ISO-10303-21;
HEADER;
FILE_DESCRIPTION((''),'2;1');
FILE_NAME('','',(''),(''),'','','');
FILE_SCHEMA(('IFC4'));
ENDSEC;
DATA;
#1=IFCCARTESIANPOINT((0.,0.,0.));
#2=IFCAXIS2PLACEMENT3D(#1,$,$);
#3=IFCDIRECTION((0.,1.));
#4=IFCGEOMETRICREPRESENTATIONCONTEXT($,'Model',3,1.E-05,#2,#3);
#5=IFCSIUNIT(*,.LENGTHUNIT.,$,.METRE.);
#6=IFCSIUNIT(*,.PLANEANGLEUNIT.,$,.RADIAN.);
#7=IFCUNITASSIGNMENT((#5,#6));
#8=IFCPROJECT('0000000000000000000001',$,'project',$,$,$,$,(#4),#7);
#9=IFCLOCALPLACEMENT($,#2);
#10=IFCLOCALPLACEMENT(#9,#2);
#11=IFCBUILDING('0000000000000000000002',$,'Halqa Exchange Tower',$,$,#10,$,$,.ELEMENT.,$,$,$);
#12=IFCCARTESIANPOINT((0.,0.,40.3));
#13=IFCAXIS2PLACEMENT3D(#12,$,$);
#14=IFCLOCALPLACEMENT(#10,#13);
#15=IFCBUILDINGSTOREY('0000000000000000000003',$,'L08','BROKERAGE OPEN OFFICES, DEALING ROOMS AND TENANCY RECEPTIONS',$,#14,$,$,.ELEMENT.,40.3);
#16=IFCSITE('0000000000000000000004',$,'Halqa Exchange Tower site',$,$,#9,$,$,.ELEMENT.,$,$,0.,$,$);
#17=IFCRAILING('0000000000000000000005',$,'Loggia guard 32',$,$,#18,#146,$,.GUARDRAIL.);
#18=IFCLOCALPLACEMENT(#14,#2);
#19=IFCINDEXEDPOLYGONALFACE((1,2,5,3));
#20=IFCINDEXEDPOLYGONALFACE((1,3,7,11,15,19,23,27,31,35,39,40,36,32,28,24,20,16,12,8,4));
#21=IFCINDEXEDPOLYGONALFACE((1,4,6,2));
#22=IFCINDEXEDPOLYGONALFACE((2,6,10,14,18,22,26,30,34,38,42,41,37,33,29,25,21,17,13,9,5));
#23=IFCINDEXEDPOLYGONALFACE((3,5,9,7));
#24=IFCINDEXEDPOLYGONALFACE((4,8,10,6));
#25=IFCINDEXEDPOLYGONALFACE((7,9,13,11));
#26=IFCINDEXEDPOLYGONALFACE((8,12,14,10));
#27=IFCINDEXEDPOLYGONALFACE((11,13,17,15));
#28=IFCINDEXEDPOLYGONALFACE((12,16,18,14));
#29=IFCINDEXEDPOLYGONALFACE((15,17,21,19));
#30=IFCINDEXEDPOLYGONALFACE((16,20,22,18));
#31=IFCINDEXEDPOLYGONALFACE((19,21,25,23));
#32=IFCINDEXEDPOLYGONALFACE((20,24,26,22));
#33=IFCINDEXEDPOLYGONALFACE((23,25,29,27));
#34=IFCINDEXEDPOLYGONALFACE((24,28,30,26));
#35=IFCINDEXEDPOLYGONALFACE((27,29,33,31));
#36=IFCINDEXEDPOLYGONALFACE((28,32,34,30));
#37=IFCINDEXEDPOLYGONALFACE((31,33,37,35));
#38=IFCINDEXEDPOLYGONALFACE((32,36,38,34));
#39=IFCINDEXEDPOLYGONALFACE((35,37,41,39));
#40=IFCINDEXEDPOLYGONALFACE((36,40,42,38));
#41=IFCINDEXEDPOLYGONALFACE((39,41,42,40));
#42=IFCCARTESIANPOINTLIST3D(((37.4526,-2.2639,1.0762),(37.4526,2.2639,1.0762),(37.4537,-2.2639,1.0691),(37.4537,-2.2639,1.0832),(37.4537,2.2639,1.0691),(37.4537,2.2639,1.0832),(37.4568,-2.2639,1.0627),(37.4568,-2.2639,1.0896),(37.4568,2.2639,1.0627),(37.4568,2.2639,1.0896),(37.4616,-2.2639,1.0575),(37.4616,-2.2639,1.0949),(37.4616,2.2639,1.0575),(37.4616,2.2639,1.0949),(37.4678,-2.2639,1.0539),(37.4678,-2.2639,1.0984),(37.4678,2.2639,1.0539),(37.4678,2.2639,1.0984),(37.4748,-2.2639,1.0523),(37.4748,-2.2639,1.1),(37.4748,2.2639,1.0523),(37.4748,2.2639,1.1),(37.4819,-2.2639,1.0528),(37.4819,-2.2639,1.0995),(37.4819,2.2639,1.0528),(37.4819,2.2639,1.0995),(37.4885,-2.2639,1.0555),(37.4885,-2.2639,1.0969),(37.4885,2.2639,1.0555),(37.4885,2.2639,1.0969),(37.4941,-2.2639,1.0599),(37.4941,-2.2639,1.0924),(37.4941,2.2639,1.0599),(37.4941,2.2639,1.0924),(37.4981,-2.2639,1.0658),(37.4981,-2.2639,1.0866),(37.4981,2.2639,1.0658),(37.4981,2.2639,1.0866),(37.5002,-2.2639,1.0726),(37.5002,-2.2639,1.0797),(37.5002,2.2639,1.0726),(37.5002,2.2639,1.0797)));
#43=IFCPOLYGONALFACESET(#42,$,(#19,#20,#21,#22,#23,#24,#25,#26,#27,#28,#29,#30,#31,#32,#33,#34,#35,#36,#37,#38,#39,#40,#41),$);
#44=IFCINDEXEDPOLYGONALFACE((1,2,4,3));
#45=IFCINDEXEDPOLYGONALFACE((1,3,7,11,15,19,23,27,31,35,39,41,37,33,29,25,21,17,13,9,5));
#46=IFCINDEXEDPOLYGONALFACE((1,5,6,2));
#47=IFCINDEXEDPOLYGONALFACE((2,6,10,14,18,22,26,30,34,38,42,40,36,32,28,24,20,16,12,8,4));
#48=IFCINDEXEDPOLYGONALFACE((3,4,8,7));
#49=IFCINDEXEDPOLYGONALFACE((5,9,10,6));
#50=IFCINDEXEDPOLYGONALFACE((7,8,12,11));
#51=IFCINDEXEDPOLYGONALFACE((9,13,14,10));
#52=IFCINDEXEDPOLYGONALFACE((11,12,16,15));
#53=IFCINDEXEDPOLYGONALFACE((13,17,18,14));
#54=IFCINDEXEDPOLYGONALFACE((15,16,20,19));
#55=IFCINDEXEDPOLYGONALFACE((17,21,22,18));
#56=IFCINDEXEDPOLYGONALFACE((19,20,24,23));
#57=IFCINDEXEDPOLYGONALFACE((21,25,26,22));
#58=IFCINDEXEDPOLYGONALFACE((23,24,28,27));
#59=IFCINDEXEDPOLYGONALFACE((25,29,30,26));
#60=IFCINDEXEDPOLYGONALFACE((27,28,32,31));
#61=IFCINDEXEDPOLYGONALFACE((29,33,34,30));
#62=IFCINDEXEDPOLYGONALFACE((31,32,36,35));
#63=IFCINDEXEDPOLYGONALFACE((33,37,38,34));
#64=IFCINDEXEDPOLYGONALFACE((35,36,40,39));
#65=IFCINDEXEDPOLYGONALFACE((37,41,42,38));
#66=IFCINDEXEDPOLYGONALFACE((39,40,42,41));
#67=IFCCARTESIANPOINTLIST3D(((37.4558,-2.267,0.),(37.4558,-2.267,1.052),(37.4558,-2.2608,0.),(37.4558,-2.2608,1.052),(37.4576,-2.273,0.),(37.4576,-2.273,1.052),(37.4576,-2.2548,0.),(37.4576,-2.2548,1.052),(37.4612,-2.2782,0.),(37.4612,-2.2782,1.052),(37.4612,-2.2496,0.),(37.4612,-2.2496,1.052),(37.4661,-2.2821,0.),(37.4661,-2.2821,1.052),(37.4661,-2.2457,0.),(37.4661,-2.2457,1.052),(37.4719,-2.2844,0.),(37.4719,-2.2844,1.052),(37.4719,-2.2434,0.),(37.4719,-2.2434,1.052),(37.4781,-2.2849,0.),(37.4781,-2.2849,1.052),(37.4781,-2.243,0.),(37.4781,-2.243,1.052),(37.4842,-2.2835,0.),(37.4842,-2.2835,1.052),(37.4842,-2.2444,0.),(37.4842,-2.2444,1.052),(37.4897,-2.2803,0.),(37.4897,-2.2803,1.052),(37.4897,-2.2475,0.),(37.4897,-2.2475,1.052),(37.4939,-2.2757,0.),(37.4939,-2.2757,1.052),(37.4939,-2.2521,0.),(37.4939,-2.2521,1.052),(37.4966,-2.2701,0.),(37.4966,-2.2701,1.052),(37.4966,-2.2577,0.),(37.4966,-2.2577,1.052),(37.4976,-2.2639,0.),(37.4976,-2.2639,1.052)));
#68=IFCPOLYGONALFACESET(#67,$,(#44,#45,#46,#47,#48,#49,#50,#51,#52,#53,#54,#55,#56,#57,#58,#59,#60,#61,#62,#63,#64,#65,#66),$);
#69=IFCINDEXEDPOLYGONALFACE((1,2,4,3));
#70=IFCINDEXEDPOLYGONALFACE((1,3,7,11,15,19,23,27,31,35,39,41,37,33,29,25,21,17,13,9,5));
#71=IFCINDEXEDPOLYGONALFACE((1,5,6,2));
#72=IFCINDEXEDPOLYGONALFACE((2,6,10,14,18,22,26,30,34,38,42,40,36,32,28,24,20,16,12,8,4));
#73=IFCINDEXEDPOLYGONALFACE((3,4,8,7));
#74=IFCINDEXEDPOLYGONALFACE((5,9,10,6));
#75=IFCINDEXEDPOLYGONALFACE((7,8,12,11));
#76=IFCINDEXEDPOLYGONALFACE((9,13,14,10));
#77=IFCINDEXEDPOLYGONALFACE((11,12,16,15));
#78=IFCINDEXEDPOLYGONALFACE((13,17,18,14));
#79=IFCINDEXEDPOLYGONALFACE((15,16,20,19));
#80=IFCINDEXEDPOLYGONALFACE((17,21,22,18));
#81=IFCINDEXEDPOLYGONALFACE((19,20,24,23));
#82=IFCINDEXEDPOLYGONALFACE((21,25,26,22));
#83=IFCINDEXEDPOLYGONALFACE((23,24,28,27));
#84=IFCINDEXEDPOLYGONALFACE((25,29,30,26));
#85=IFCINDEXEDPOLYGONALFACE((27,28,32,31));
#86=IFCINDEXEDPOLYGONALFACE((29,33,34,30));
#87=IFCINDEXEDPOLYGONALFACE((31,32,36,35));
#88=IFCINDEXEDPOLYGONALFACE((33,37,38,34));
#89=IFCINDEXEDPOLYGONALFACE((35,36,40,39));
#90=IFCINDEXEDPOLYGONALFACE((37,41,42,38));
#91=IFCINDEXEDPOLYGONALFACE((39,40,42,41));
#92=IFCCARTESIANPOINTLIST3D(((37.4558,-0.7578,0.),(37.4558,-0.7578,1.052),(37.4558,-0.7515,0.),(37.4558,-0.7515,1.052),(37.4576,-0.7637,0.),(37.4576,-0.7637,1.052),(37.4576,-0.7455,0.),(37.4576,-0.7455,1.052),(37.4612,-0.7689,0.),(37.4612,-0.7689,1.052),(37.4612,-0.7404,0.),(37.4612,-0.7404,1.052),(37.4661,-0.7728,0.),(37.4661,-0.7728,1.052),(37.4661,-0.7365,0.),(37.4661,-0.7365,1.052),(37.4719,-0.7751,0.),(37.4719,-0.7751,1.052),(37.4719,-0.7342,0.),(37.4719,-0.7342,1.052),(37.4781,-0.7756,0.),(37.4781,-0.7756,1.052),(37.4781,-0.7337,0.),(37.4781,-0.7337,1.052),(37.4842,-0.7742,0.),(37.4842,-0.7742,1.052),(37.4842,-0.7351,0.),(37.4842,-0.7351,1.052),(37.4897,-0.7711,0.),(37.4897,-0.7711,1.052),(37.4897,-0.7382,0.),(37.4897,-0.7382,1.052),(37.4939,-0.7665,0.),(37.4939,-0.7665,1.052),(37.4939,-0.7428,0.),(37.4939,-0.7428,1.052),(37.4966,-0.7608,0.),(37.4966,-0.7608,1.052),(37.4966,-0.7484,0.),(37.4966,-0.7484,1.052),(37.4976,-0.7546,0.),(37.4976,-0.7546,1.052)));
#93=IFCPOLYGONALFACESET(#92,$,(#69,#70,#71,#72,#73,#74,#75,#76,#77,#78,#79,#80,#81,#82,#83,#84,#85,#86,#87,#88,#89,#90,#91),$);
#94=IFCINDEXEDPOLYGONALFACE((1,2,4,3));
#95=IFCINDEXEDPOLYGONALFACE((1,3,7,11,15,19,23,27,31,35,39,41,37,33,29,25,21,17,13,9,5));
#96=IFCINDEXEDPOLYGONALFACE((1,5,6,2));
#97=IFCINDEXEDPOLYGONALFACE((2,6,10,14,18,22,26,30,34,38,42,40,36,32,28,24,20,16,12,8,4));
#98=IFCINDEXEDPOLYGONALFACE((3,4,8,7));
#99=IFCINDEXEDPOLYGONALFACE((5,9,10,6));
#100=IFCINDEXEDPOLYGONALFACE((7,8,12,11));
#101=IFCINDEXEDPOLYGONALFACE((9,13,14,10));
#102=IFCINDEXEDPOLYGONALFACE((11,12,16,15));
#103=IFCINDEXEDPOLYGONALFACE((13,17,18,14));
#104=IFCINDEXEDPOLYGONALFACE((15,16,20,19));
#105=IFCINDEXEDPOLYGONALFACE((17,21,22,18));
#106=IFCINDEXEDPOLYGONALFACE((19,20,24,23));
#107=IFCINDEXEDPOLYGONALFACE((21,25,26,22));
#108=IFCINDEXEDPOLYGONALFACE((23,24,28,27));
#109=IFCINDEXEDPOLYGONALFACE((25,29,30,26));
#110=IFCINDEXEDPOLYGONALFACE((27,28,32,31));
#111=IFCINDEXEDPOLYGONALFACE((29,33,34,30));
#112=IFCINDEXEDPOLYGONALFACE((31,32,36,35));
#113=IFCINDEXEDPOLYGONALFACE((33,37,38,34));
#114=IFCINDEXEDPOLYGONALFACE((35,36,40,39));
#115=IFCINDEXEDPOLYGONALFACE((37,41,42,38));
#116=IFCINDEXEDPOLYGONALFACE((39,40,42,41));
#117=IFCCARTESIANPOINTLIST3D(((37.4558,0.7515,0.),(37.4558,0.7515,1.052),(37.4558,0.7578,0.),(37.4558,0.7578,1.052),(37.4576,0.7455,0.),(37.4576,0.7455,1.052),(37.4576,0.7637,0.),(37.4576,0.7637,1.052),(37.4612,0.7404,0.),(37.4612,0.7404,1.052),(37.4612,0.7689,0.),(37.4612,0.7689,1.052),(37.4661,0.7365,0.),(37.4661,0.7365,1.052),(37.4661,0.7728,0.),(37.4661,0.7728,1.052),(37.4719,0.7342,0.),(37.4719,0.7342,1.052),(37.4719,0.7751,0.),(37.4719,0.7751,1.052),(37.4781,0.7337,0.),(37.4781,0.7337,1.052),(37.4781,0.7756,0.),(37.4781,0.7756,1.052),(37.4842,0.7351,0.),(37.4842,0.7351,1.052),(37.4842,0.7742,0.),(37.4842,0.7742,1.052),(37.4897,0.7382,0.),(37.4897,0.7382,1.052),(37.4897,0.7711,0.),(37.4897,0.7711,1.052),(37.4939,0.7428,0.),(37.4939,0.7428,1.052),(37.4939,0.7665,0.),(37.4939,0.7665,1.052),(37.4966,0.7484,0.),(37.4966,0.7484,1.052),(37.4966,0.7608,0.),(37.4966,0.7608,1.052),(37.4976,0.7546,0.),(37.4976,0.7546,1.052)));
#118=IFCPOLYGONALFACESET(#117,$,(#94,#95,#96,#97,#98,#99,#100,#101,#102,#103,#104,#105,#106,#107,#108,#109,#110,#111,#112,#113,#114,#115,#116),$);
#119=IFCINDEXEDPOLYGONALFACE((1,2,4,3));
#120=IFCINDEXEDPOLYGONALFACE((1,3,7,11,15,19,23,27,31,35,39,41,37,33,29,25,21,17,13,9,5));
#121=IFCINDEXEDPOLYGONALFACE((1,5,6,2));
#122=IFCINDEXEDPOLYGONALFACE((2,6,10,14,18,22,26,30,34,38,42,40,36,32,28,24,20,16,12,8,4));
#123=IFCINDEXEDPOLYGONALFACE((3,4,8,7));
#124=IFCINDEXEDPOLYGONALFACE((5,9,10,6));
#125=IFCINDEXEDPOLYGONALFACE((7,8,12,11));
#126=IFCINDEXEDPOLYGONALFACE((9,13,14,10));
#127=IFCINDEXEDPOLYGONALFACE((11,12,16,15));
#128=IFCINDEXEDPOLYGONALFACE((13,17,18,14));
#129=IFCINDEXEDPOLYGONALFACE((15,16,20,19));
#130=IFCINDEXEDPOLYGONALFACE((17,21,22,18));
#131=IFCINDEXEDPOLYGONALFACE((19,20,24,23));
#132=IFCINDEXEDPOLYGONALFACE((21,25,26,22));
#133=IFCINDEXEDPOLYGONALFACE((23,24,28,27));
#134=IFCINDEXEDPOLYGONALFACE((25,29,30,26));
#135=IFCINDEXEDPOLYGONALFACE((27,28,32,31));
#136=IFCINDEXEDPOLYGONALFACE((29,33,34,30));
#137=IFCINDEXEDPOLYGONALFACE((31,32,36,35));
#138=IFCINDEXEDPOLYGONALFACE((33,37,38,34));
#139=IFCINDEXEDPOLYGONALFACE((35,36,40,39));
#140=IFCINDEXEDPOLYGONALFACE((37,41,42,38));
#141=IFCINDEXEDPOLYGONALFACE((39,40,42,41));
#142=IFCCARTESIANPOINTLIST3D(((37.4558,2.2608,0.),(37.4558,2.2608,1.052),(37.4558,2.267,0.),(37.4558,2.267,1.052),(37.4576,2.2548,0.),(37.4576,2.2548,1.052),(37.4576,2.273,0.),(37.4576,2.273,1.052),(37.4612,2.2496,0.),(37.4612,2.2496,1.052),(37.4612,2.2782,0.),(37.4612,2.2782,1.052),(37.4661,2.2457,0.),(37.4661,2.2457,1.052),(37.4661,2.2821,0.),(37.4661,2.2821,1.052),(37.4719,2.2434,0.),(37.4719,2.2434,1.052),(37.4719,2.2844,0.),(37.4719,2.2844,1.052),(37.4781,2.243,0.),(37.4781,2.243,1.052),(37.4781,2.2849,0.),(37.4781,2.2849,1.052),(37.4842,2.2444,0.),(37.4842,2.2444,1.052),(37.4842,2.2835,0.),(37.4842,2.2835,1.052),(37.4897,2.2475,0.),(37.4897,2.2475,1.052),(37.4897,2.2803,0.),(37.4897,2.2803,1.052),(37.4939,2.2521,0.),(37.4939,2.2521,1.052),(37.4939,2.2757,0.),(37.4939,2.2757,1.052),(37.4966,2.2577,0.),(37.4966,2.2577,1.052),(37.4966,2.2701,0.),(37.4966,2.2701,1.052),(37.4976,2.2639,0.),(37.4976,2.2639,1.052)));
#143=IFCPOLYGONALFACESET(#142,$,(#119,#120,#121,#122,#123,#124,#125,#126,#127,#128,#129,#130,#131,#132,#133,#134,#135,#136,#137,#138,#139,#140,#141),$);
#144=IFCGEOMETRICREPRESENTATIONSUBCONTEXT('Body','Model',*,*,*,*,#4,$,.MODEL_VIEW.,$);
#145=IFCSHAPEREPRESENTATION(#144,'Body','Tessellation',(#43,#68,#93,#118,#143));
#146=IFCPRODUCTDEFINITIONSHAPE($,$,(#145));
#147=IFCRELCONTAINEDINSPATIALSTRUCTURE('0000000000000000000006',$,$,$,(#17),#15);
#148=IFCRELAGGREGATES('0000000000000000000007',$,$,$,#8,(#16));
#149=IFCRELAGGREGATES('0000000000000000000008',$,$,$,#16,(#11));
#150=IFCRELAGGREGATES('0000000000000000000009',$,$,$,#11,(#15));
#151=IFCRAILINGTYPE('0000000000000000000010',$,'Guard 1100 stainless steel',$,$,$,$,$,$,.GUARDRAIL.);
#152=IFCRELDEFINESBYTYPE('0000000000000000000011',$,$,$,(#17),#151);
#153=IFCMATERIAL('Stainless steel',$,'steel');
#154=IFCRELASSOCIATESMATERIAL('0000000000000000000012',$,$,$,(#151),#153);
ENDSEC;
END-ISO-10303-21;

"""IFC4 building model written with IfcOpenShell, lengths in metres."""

from ifc_helpers import new_model, si_unit, direction, frame, origin, origin_2d, place, context, subcontext, project, spatial, circle, extrude, material, type_object, element, save


model = new_model("IFC4")

# Units and contexts
model_context = context("Model", 3, precision=1e-05, world=origin(), true_north=direction((0.0, 1.0)))
body_context = subcontext(model_context, "Body", "Model", "MODEL_VIEW")
ifc_project = project(units=[si_unit("LENGTHUNIT", "METRE"), si_unit("PLANEANGLEUNIT", "RADIAN")], contexts=[model_context])

# Site, building, storey
site_placement = place(None, origin())
site = spatial("IfcSite", under=ifc_project, at=site_placement, Name="Halqa Exchange Tower site", CompositionType="ELEMENT", RefElevation=0.0)
building_placement = place(site_placement, origin())
building = spatial("IfcBuilding", under=site, at=building_placement, Name="Halqa Exchange Tower", CompositionType="ELEMENT")
storey_placement = place(building_placement, frame((0.0, 0.0, 40.3)))
storey = spatial("IfcBuildingStorey", under=building, at=storey_placement, Name="L08", Description="BROKERAGE OPEN OFFICES, DEALING ROOMS AND TENANCY RECEPTIONS", CompositionType="ELEMENT", Elevation=40.3)

# Railing
ifc_material_1 = material(Name="Stainless steel", Category="steel")
railing_type = type_object("IfcRailingType", Name="Guard 1100 stainless steel", PredefinedType="GUARDRAIL", material=ifc_material_1)
railing_1_placement = place(storey_placement, frame((37.4766, -2.2639, 0.0)))
element("IfcRailing", 1, at=railing_1_placement, inside=storey, type_object=railing_type, Name="Loggia guard 32", PredefinedType="GUARDRAIL", context=body_context, shape_type="SweptSolid", body=[
    extrude(circle(Radius=0.0239, at=origin_2d()), frame((0.0, 0.0, 1.0762), z_axis=(0.0, 1.0, 0.0), x_axis=(-1.0, 0.0, 0.0)), (0.0, 0.0, 1.0), 4.5278),
    extrude(circle(Radius=0.021, at=origin_2d()), origin(), (0.0, 0.0, 1.0), 1.052),
    extrude(circle(Radius=0.021, at=origin_2d()), frame((0.0, 1.5093, 0.0)), (0.0, 0.0, 1.0), 1.052),
    extrude(circle(Radius=0.021, at=origin_2d()), frame((0.0, 3.0186, 0.0)), (0.0, 0.0, 1.0), 1.052),
    extrude(circle(Radius=0.021, at=origin_2d()), frame((0.0, 4.5278, 0.0)), (0.0, 0.0, 1.0), 1.052),
])

save(model, "model.ifc")
